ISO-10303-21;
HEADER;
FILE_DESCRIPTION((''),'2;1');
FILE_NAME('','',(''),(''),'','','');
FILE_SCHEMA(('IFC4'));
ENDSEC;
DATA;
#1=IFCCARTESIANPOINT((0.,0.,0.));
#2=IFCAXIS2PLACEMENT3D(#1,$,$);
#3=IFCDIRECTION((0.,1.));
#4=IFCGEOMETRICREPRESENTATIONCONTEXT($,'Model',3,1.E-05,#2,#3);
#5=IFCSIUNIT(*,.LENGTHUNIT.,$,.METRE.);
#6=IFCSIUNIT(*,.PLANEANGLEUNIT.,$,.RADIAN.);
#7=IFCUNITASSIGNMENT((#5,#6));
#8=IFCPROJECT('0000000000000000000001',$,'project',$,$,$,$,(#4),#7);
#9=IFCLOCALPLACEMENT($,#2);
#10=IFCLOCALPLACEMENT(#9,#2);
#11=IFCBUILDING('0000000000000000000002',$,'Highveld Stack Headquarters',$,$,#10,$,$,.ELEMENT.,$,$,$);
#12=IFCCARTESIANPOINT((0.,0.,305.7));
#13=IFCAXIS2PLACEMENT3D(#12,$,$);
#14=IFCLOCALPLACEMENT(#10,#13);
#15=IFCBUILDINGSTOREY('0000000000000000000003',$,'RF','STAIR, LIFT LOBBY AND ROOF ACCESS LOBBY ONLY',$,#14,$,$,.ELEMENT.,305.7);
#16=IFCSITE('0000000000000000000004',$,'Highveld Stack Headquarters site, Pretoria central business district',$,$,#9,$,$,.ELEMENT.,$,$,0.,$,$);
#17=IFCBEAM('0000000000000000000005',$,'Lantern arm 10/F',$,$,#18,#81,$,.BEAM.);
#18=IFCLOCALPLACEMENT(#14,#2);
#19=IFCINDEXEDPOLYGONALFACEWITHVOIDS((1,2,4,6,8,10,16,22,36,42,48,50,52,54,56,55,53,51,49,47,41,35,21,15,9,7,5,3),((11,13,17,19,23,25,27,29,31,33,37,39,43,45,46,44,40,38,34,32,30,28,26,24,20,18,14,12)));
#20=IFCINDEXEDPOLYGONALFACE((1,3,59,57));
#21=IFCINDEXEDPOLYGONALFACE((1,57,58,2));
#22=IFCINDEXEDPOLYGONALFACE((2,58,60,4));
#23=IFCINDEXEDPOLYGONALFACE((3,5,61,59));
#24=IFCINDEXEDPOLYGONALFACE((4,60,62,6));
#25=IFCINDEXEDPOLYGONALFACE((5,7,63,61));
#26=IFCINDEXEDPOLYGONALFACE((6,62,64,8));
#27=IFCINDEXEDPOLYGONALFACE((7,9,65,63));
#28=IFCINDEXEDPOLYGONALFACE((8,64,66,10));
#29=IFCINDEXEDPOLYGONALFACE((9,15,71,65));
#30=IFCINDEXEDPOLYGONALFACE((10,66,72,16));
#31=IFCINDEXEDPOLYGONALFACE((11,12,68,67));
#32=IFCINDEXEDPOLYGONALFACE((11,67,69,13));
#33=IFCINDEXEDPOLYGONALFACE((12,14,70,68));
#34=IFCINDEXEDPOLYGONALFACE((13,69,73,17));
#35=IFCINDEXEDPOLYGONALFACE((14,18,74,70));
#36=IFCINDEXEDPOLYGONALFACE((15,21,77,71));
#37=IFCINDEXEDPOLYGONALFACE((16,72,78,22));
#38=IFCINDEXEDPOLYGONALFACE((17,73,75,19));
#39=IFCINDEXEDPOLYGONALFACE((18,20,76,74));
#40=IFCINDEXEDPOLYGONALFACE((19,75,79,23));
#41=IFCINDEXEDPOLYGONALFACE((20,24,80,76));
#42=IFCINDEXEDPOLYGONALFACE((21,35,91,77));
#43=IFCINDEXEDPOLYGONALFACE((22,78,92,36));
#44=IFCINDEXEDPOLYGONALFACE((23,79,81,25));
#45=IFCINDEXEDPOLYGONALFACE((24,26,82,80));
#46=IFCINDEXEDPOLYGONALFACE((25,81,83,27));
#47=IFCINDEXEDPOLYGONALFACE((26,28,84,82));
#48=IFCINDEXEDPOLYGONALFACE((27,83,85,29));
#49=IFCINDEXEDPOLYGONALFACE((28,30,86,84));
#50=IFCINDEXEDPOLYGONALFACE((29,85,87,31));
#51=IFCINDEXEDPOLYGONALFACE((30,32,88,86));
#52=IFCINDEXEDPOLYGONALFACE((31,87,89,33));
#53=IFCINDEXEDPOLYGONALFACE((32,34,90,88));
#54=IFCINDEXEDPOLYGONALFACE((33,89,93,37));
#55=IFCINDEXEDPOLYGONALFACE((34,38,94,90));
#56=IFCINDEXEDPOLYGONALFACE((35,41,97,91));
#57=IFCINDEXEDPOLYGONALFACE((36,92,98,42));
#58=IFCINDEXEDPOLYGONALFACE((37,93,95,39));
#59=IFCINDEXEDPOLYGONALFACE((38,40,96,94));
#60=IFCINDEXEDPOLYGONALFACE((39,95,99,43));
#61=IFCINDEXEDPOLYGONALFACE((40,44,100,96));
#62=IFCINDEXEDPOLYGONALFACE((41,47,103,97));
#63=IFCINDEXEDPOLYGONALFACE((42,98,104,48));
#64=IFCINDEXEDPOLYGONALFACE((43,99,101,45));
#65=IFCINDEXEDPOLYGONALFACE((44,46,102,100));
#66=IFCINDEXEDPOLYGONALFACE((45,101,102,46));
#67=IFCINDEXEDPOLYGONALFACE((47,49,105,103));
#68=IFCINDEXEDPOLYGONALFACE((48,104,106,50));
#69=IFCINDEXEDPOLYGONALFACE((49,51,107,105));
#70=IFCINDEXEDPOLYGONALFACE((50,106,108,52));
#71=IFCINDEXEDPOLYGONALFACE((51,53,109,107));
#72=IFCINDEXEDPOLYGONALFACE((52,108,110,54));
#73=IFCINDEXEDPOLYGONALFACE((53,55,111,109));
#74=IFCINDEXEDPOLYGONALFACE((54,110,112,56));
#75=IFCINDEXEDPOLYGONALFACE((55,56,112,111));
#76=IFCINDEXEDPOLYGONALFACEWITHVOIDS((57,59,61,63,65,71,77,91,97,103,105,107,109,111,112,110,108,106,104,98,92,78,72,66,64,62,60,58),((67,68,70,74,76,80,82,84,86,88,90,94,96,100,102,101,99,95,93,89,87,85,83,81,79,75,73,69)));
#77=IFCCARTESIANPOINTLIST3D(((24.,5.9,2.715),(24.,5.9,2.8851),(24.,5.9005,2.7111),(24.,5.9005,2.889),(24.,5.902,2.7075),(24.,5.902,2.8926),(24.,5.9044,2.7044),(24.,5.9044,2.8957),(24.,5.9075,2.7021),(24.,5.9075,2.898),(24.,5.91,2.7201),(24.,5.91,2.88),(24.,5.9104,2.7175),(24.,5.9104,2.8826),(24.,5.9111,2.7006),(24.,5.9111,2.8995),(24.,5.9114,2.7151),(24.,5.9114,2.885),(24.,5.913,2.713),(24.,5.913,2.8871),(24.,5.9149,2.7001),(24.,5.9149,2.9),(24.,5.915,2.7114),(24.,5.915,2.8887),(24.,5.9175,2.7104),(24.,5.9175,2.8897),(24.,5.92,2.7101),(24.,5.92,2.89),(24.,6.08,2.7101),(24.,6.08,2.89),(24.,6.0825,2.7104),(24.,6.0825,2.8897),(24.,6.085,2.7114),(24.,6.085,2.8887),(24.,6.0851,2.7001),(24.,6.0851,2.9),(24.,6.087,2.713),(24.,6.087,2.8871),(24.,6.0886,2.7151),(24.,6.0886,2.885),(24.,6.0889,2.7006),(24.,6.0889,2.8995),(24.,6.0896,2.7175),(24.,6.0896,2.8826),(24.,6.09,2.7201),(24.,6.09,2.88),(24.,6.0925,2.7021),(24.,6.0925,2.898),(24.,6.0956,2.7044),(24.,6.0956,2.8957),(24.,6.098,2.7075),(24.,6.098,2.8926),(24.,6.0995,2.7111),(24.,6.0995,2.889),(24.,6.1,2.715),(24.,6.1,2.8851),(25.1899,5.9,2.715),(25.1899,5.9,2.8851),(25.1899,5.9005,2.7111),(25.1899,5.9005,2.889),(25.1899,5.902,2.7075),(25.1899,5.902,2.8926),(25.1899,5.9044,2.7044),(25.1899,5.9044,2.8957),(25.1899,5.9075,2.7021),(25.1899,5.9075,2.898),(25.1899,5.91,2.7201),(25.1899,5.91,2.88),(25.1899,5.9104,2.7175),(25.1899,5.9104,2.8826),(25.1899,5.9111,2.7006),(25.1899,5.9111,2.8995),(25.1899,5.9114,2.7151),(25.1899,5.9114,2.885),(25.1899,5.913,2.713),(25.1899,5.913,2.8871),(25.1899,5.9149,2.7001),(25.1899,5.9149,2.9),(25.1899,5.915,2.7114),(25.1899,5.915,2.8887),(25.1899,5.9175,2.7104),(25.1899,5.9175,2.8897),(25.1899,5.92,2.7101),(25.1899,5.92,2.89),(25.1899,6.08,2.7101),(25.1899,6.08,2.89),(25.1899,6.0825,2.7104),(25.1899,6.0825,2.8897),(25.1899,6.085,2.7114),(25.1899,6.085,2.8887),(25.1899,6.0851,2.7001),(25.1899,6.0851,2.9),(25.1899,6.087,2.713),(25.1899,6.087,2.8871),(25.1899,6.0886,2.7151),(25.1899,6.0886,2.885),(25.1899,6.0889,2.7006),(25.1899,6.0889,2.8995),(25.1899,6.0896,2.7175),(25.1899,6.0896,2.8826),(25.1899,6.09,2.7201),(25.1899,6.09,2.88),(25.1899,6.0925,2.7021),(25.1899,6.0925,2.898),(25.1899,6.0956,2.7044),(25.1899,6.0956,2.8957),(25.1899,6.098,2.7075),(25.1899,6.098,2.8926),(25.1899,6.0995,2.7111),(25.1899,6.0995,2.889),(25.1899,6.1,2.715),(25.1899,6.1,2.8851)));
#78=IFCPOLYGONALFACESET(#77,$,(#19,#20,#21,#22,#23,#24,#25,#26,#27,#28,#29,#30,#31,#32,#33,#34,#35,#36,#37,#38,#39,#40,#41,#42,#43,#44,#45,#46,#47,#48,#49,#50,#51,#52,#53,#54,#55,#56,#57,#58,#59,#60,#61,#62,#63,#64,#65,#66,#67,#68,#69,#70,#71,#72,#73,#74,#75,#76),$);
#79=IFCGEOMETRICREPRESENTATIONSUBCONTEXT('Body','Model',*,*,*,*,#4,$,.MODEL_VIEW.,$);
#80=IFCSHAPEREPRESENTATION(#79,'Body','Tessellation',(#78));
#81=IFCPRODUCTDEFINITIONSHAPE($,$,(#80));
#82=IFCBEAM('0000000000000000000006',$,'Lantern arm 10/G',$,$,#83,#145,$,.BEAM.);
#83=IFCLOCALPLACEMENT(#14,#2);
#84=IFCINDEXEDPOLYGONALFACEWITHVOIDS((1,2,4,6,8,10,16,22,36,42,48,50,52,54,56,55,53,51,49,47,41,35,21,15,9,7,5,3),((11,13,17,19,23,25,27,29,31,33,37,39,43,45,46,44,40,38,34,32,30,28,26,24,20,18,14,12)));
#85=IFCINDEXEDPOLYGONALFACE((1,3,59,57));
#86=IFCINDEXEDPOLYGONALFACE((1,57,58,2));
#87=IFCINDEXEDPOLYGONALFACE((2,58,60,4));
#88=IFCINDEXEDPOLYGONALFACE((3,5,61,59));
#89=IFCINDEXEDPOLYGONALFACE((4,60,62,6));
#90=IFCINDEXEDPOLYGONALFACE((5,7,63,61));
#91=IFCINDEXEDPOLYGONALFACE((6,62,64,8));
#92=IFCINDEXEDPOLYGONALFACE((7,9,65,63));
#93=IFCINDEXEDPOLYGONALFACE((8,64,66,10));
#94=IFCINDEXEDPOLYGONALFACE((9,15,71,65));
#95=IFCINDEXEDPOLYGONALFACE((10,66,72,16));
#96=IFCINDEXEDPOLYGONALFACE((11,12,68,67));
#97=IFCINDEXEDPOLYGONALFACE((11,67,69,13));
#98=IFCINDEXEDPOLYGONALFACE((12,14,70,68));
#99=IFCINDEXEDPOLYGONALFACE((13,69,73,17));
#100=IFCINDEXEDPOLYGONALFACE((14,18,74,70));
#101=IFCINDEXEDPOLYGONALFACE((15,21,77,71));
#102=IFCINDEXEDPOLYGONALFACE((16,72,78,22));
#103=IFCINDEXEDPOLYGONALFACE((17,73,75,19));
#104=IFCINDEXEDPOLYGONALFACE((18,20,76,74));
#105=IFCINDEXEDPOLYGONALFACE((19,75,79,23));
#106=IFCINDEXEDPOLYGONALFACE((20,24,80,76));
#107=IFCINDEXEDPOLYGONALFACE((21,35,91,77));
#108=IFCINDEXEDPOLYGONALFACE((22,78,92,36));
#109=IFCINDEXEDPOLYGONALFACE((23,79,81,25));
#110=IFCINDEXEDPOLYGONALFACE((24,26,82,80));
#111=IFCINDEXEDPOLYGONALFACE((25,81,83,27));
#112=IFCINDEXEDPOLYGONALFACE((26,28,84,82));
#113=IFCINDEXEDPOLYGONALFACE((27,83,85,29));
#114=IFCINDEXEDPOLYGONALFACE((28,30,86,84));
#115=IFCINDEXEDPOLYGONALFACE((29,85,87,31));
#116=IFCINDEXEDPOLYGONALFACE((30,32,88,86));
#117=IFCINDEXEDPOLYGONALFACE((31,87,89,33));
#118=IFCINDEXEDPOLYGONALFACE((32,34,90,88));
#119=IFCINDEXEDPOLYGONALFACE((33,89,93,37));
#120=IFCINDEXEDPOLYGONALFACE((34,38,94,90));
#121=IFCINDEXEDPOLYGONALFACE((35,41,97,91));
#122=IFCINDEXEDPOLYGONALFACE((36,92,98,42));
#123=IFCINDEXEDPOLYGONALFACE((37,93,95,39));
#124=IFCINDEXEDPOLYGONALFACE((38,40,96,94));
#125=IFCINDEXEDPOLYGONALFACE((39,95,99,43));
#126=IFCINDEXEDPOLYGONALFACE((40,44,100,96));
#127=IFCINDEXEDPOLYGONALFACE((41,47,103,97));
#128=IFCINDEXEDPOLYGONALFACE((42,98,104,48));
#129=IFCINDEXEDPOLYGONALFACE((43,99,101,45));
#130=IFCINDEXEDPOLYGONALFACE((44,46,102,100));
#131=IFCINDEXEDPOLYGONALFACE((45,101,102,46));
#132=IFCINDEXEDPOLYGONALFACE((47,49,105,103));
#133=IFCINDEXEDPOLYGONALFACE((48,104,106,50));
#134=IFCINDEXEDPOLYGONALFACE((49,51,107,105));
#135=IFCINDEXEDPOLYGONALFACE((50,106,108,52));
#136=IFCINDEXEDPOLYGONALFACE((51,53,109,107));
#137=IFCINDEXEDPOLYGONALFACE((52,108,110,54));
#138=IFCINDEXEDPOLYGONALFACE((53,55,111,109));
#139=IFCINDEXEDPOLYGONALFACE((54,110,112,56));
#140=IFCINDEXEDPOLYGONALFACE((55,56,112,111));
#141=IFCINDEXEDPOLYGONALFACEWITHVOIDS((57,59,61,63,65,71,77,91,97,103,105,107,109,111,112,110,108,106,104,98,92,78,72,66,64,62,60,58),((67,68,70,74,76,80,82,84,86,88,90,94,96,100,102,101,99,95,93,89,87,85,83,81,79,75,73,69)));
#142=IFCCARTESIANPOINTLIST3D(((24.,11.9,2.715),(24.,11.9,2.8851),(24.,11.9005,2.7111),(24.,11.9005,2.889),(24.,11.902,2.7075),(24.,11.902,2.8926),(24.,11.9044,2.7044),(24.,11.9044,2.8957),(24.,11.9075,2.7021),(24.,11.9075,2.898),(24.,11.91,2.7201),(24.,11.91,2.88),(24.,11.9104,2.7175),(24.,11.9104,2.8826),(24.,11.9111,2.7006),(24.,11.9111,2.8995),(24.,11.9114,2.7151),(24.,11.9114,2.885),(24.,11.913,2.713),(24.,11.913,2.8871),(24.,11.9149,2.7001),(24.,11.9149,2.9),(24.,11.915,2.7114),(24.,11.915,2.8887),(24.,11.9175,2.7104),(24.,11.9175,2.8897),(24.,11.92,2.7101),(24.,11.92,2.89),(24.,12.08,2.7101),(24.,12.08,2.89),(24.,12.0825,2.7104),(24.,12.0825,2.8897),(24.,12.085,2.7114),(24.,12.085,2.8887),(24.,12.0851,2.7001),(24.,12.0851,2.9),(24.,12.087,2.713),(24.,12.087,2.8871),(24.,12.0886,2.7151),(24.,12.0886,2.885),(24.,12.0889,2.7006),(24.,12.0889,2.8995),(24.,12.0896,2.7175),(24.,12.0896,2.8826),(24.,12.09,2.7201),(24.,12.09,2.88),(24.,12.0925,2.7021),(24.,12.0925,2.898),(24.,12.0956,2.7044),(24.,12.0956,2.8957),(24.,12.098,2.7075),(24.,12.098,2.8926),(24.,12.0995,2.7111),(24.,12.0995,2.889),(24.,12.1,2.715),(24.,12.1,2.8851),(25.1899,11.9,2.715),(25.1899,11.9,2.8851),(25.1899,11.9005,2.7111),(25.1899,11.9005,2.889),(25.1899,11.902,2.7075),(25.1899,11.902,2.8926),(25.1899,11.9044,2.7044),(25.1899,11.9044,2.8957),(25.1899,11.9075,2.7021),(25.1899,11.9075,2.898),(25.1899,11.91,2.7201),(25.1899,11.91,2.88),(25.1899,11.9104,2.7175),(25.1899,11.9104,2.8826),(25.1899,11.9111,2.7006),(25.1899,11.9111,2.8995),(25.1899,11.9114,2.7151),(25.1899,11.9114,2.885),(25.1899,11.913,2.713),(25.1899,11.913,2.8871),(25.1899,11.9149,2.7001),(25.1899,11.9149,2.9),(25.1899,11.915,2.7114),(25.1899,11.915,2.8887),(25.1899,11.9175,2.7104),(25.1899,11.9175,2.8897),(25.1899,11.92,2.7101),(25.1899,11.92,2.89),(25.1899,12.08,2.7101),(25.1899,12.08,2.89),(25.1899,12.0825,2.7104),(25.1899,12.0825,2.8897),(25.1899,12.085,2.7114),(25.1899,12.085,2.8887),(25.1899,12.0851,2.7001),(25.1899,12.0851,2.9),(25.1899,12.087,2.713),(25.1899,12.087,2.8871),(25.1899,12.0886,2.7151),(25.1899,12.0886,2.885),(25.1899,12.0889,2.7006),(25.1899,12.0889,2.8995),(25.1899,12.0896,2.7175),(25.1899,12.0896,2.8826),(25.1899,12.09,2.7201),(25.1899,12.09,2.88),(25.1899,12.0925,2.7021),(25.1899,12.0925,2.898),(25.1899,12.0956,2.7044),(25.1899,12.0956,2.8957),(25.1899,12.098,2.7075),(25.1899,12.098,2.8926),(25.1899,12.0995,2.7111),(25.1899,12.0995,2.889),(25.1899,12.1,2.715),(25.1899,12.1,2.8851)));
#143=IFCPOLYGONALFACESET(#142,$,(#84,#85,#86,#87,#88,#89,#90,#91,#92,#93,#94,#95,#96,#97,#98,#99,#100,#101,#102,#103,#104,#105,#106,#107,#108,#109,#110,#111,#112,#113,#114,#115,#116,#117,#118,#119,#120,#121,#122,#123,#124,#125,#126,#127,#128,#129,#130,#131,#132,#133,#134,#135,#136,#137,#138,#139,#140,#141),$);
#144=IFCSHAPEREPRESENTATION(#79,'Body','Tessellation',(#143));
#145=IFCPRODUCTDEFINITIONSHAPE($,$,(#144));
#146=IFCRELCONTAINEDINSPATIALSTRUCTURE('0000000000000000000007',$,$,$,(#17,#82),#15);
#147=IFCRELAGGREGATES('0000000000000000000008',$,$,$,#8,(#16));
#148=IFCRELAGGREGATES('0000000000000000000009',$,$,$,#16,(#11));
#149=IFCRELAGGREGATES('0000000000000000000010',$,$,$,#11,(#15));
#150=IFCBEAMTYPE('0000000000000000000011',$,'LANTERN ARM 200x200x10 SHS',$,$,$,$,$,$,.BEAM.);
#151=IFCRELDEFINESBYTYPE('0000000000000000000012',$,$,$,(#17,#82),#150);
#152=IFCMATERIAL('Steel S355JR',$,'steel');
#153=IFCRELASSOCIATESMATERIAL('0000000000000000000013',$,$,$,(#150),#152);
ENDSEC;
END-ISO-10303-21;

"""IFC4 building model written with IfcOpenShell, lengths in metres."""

from ifc_helpers import new_model, si_unit, direction, frame, origin, origin_2d, place, context, subcontext, project, spatial, hollow_rectangle, extrude, material, material_profile, profile_set, type_object, element, save


model = new_model("IFC4")

# Units and contexts
model_context = context("Model", 3, precision=1e-05, world=origin(), true_north=direction((0.0, 1.0)))
body_context = subcontext(model_context, "Body", "Model", "MODEL_VIEW")
ifc_project = project(units=[si_unit("LENGTHUNIT", "METRE"), si_unit("PLANEANGLEUNIT", "RADIAN")], contexts=[model_context])

# Site, building, storey
site_placement = place(None, origin())
site = spatial("IfcSite", under=ifc_project, at=site_placement, Name="Highveld Stack Headquarters site, Pretoria central business district", CompositionType="ELEMENT", RefElevation=0.0)
building_placement = place(site_placement, origin())
building = spatial("IfcBuilding", under=site, at=building_placement, Name="Highveld Stack Headquarters", CompositionType="ELEMENT")
storey_placement = place(building_placement, frame((0.0, 0.0, 305.7)))
storey = spatial("IfcBuildingStorey", under=building, at=storey_placement, Name="RF", Description="STAIR, LIFT LOBBY AND ROOF ACCESS LOBBY ONLY", CompositionType="ELEMENT", Elevation=305.7)

# Beams
ifc_material_1 = material(Name="Steel S355JR", Category="steel")
ifc_material_profile_1 = material_profile(ifc_material_1, hollow_rectangle(XDim=0.2, YDim=0.2, WallThickness=0.01, InnerFilletRadius=0.01, OuterFilletRadius=0.0149, at=origin_2d()), Name="200x200x10 SHS")
ifc_profile_set_1 = profile_set([ifc_material_profile_1], Name="Steel S355JR")
beam_type_1 = type_object("IfcBeamType", Name="LANTERN ARM 200x200x10 SHS", PredefinedType="BEAM", material=ifc_profile_set_1)
for number, where, z_axis, x_axis, name in (
    (1, (24.0, 6.0, 2.8), (1.0, 0.0, 0.0), (0.0, 1.0, 0.0), "Lantern arm 10/F"),
    (2, (24.0, 12.0, 2.8), (1.0, 0.0, 0.0), (0.0, 1.0, 0.0), "Lantern arm 10/G"),
):
    element("IfcBeam", number, at=place(storey_placement, frame(where, z_axis=z_axis, x_axis=x_axis)), inside=storey, type_object=beam_type_1, Name=name, PredefinedType="BEAM", context=body_context, shape_type="SweptSolid", body=[
        extrude(hollow_rectangle(XDim=0.2, YDim=0.2, WallThickness=0.01, InnerFilletRadius=0.01, OuterFilletRadius=0.0149, at=origin_2d()), origin(), (0.0, 0.0, 1.0), 1.1899),
    ])

save(model, "model.ifc")
